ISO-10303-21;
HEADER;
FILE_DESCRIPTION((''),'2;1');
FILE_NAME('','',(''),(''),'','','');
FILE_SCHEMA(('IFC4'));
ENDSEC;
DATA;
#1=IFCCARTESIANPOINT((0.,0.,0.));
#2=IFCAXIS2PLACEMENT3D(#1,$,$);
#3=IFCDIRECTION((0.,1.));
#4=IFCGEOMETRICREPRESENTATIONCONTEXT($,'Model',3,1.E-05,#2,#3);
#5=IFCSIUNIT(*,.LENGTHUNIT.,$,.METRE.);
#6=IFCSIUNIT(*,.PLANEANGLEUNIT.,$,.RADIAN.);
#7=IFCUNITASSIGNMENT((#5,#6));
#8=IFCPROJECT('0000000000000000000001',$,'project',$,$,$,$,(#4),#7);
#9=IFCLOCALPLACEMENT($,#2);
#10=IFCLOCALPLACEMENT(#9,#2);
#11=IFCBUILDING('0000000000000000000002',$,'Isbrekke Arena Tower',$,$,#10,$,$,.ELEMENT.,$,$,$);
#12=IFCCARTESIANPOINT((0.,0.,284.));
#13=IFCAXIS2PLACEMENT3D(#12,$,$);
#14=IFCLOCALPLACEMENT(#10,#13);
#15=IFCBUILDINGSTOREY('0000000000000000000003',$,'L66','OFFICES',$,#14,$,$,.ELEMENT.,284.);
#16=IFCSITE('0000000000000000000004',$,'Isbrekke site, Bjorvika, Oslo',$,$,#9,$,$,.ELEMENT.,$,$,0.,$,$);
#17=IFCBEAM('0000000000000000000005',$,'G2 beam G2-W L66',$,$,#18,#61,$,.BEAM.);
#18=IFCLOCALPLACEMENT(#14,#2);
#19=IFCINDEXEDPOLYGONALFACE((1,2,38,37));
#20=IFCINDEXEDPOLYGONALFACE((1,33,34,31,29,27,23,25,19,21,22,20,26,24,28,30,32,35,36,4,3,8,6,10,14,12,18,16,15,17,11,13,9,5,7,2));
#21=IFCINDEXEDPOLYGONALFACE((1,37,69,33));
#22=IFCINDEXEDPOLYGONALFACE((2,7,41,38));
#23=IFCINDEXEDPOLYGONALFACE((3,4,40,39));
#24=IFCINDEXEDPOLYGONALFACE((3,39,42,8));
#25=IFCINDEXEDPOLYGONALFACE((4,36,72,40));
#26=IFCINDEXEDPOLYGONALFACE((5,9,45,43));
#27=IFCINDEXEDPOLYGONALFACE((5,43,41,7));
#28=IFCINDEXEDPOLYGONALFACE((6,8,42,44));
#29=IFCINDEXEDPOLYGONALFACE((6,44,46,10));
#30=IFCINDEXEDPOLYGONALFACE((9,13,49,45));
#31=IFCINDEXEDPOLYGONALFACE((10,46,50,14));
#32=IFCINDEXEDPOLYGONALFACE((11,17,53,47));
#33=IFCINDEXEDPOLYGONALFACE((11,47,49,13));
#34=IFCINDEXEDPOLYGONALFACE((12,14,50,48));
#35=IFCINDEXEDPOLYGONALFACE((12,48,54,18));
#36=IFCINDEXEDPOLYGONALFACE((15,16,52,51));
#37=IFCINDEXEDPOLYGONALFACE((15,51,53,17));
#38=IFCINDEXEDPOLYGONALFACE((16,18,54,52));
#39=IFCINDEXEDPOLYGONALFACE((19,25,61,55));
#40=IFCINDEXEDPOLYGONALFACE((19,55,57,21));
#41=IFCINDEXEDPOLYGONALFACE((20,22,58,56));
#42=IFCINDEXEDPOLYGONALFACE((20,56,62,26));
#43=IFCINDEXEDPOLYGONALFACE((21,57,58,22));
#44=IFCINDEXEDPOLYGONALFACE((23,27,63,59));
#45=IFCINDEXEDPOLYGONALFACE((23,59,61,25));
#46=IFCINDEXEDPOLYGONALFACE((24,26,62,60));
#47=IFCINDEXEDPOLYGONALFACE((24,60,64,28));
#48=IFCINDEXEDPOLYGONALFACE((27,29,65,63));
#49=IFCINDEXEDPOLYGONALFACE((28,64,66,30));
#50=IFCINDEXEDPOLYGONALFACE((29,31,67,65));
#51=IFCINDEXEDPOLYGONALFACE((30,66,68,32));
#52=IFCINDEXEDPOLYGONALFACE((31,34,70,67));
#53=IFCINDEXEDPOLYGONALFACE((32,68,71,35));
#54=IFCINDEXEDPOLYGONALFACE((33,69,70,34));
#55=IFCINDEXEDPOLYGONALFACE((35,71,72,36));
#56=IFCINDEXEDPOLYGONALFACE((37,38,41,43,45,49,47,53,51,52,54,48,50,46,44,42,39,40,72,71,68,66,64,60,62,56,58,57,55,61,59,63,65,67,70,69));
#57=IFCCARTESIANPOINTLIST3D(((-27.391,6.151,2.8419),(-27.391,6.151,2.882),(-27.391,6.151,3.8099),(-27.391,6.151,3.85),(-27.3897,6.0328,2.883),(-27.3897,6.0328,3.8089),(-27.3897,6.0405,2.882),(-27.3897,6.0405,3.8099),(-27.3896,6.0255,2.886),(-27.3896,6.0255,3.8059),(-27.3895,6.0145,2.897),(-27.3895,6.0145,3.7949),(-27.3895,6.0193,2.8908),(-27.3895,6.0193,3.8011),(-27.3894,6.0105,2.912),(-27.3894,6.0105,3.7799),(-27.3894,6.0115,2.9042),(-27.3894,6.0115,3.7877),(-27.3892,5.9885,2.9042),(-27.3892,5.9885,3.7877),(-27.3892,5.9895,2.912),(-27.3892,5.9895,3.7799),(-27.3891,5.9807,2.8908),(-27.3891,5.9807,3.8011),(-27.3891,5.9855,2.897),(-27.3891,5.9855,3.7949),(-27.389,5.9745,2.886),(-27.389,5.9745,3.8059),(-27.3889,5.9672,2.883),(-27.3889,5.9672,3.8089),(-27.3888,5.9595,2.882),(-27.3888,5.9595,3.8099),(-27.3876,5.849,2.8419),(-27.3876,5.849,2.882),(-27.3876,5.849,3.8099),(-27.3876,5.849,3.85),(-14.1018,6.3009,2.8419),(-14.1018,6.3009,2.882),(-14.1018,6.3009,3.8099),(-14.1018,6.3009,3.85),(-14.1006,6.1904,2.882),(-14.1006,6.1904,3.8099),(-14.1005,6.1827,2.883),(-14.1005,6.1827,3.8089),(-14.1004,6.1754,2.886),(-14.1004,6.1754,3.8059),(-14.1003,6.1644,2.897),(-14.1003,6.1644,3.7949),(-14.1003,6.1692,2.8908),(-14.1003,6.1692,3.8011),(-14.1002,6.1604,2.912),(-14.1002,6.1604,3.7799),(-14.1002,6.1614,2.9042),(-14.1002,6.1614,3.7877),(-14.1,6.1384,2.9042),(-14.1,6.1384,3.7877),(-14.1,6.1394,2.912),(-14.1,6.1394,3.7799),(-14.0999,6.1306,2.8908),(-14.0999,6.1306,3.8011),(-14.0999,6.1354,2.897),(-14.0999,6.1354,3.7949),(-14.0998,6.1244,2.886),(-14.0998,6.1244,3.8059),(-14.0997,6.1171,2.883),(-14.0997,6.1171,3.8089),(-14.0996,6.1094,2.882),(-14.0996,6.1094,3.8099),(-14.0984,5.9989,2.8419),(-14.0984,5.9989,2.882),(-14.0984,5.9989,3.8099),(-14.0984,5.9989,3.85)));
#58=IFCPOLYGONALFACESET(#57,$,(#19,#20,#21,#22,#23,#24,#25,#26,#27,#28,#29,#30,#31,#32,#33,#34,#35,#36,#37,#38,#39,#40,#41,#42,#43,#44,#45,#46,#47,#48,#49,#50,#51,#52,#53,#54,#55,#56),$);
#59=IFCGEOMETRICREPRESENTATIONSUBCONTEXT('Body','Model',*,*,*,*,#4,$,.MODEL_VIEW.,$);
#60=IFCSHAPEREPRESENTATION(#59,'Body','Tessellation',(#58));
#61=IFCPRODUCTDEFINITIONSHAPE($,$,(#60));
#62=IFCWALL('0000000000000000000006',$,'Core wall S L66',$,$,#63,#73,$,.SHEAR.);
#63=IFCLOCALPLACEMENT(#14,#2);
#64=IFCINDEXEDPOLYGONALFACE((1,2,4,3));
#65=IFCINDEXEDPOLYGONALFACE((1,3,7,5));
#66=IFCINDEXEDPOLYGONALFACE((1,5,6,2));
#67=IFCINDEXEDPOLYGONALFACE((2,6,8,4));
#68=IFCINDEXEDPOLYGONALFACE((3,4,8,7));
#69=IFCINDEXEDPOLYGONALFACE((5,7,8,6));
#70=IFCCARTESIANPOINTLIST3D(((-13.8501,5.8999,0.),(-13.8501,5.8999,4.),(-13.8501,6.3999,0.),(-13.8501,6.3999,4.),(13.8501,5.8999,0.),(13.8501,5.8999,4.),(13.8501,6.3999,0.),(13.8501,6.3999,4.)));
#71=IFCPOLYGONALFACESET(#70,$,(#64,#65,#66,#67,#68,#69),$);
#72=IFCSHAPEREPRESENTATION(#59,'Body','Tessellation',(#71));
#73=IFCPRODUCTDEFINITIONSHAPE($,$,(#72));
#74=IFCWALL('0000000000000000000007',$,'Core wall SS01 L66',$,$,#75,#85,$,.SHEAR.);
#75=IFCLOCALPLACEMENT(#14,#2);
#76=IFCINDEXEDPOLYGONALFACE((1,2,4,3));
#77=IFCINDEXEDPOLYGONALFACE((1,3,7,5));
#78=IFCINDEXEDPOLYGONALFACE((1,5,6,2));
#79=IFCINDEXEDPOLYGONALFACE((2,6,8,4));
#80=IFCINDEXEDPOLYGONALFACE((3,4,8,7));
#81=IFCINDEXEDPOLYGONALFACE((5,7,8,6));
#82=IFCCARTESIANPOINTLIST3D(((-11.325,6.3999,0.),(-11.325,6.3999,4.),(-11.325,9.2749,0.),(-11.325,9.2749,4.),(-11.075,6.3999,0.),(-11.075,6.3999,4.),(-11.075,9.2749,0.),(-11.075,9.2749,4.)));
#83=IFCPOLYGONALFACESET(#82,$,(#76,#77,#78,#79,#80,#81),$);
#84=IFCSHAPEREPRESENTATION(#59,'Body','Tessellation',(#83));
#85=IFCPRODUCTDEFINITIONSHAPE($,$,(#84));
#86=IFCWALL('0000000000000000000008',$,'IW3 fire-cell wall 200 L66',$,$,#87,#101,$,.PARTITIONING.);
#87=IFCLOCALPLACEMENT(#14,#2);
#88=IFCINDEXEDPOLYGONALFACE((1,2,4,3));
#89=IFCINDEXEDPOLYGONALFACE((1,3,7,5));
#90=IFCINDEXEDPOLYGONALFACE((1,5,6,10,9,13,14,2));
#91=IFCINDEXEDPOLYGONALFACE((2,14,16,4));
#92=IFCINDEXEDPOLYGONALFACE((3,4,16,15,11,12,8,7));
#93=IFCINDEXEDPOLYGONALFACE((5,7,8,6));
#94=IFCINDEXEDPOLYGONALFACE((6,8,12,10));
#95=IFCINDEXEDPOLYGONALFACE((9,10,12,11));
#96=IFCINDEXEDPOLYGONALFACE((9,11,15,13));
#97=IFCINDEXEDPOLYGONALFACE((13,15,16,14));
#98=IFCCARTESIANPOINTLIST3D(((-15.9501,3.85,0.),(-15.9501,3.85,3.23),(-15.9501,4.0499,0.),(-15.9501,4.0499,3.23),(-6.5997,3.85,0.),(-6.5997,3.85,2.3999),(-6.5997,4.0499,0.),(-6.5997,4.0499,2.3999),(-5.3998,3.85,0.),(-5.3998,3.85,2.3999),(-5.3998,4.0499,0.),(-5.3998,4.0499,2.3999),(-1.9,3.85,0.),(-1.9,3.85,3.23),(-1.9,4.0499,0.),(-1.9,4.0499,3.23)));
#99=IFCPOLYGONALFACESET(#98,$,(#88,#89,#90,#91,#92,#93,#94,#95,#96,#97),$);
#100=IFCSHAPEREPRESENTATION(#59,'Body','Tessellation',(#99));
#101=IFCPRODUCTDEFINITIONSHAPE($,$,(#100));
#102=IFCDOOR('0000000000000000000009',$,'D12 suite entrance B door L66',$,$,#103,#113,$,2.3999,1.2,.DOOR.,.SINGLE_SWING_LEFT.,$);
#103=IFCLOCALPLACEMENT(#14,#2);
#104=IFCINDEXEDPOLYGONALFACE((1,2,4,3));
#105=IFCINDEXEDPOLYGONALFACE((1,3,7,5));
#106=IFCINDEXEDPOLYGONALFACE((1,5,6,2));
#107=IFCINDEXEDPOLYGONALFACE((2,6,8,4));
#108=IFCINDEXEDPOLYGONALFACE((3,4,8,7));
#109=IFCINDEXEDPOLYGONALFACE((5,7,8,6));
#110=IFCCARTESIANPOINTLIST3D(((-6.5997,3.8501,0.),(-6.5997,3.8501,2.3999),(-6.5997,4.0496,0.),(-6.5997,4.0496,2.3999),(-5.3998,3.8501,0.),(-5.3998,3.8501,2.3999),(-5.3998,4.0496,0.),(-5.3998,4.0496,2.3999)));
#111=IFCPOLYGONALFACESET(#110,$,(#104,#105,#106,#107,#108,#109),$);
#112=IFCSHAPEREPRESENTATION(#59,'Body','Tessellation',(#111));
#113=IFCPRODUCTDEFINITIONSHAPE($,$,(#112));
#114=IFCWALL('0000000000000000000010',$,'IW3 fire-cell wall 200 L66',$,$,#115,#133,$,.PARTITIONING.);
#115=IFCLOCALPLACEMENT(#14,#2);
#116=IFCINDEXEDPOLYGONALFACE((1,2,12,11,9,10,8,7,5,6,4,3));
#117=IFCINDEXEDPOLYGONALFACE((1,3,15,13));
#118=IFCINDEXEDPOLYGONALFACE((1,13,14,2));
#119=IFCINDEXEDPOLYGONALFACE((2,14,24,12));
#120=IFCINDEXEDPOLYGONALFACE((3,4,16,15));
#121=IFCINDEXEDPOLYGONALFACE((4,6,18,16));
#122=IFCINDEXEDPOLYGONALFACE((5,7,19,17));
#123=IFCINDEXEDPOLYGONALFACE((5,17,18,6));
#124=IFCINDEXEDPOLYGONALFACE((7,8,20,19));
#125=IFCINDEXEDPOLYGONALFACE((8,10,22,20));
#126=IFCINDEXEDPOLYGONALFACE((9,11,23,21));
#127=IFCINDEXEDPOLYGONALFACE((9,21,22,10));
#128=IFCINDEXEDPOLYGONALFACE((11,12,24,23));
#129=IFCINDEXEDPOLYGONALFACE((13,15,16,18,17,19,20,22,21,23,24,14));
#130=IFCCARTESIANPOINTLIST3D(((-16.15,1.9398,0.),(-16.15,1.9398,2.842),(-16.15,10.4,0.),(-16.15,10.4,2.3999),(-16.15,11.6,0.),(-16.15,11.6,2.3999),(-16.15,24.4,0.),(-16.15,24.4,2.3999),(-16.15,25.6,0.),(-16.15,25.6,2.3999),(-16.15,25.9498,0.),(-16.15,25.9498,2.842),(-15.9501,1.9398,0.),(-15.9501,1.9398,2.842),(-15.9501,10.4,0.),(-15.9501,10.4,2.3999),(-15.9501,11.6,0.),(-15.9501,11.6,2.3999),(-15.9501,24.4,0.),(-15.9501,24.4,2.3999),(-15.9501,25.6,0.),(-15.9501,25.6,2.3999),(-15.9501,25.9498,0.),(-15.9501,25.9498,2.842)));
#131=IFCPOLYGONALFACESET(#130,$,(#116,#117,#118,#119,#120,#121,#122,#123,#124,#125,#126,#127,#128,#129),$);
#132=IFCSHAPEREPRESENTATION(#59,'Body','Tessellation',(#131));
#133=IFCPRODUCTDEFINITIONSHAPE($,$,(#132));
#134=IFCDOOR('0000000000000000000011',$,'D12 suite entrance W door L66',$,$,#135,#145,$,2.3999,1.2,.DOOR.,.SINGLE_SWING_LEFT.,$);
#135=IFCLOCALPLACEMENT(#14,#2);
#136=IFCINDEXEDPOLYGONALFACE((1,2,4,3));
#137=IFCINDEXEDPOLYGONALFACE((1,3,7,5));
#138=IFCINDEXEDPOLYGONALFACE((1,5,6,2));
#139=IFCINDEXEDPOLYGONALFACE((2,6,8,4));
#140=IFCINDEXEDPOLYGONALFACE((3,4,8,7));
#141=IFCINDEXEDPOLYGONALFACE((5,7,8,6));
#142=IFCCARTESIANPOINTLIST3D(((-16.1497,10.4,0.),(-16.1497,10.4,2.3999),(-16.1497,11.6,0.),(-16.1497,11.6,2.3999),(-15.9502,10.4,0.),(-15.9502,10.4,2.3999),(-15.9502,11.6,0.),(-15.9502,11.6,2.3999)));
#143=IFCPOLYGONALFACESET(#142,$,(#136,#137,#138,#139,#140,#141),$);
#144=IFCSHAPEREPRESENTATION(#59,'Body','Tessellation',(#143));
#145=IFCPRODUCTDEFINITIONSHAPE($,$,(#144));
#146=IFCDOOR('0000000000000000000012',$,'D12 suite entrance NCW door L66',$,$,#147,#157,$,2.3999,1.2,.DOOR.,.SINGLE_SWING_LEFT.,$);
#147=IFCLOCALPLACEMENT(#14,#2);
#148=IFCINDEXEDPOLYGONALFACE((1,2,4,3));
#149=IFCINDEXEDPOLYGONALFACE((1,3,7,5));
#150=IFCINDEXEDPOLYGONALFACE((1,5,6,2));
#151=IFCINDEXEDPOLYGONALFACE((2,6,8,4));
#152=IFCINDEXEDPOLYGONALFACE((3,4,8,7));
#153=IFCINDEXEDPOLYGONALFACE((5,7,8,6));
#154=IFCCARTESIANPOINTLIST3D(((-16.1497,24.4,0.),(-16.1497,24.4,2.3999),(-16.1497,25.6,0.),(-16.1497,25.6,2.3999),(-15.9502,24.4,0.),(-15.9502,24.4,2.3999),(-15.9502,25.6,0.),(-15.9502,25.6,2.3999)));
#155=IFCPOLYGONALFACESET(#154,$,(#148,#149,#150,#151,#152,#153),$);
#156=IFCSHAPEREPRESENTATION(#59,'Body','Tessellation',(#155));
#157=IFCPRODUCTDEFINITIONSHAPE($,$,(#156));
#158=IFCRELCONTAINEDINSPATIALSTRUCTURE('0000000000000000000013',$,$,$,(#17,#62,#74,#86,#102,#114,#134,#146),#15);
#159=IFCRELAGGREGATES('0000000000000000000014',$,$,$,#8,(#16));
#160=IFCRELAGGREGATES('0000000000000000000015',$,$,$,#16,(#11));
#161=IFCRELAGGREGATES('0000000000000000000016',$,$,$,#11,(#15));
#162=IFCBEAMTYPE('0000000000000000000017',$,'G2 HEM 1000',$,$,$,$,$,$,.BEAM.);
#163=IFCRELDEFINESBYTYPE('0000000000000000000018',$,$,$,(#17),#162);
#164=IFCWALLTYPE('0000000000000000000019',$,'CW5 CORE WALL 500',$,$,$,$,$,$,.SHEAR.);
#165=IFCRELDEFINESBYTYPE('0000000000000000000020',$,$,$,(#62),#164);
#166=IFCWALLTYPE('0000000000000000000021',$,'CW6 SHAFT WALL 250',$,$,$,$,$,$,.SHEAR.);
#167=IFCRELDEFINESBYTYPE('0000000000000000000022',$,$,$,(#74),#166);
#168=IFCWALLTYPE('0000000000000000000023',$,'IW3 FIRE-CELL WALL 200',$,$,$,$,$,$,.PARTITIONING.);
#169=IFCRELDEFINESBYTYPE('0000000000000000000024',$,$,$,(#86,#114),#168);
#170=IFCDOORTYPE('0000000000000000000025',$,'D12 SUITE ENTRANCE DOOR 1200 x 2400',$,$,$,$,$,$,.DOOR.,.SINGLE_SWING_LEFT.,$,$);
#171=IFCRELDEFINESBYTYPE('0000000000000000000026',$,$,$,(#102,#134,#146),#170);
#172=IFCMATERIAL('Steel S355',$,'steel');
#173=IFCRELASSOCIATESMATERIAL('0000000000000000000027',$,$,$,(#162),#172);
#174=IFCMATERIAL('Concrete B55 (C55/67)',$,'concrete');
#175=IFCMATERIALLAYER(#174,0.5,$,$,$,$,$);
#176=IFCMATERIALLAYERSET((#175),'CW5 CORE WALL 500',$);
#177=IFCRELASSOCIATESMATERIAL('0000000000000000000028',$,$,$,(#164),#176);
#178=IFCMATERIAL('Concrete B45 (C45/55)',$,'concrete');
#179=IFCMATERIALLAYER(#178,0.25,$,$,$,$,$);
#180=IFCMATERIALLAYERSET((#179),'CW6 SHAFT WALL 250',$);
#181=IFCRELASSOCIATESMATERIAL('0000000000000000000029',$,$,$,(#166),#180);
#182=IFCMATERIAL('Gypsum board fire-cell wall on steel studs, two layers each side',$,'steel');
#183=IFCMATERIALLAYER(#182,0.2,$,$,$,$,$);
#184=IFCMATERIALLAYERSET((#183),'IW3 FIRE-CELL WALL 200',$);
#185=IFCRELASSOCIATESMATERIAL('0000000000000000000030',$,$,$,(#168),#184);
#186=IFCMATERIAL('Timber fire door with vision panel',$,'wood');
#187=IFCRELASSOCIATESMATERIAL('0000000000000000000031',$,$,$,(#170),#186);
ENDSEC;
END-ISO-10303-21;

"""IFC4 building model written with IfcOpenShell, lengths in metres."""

from ifc_helpers import new_model, si_unit, direction, frame, frame_2d, origin, origin_2d, place, context, subcontext, project, spatial, rectangle, i_section, extrude, material, layer, layer_set, material_profile, profile_set, type_object, element, fill, save


model = new_model("IFC4")

# Units and contexts
model_context = context("Model", 3, precision=1e-05, world=origin(), true_north=direction((0.0, 1.0)))
body_context = subcontext(model_context, "Body", "Model", "MODEL_VIEW")
ifc_project = project(units=[si_unit("LENGTHUNIT", "METRE"), si_unit("PLANEANGLEUNIT", "RADIAN")], contexts=[model_context])

# Site, building, storey
site_placement = place(None, origin())
site = spatial("IfcSite", under=ifc_project, at=site_placement, Name="Isbrekke site, Bjorvika, Oslo", CompositionType="ELEMENT", RefElevation=0.0)
building_placement = place(site_placement, origin())
building = spatial("IfcBuilding", under=site, at=building_placement, Name="Isbrekke Arena Tower", CompositionType="ELEMENT")
storey_placement = place(building_placement, frame((0.0, 0.0, 284.0)))
storey = spatial("IfcBuildingStorey", under=building, at=storey_placement, Name="L66", Description="OFFICES", CompositionType="ELEMENT", Elevation=284.0)

# Beam
ifc_material_1 = material(Name="Steel S355", Category="steel")
ifc_material_profile = material_profile(ifc_material_1, i_section(OverallWidth=0.302, OverallDepth=1.0081, WebThickness=0.021, FlangeThickness=0.04, FilletRadius=0.03, at=origin_2d()), Name="HEM 1000")
ifc_profile_set = profile_set([ifc_material_profile], Name="Steel S355")
beam_type = type_object("IfcBeamType", Name="G2 HEM 1000", PredefinedType="BEAM", material=ifc_profile_set)
beam_placement = place(storey_placement, frame((-14.1001, 6.1499, 3.3459), z_axis=(-0.999936, -0.011279, 0.0), x_axis=(0.011279, -0.999936, 0.0)))
element("IfcBeam", 1, at=beam_placement, inside=storey, type_object=beam_type, Name="G2 beam G2-W L66", PredefinedType="BEAM", context=body_context, shape_type="SweptSolid", body=[
    extrude(i_section(OverallWidth=0.302, OverallDepth=1.0081, WebThickness=0.021, FlangeThickness=0.04, FilletRadius=0.03, at=origin_2d()), origin(), (0.0, 0.0, 1.0), 13.29),
])

# Walls
ifc_material_2 = material(Name="Concrete B55 (C55/67)", Category="concrete")
ifc_layer_1 = layer(ifc_material_2, 0.5)
ifc_layer_set_1 = layer_set([ifc_layer_1], Name="CW5 CORE WALL 500")
wall_type_1 = type_object("IfcWallType", Name="CW5 CORE WALL 500", PredefinedType="SHEAR", material=ifc_layer_set_1)
wall_1_placement = place(storey_placement, frame((-13.8501, 6.1499, 0.0), z_axis=(0.0, 0.0, 1.0), x_axis=(1.0, 0.0, 0.0)))
element("IfcWall", 2, at=wall_1_placement, inside=storey, type_object=wall_type_1, Name="Core wall S L66", PredefinedType="SHEAR", context=body_context, shape_type="SweptSolid", body=[
    extrude(rectangle(XDim=27.7002, YDim=0.5, at=frame_2d((13.8501, 0.0))), origin(), (0.0, 0.0, 1.0), 4.0),
])
ifc_material_3 = material(Name="Concrete B45 (C45/55)", Category="concrete")
ifc_layer_2 = layer(ifc_material_3, 0.25)
ifc_layer_set_2 = layer_set([ifc_layer_2], Name="CW6 SHAFT WALL 250")
wall_type_2 = type_object("IfcWallType", Name="CW6 SHAFT WALL 250", PredefinedType="SHEAR", material=ifc_layer_set_2)
wall_2_placement = place(storey_placement, frame((-11.2, 6.3999, 0.0), z_axis=(0.0, 0.0, 1.0), x_axis=(0.0, 1.0, 0.0)))
element("IfcWall", 3, at=wall_2_placement, inside=storey, type_object=wall_type_2, Name="Core wall SS01 L66", PredefinedType="SHEAR", context=body_context, shape_type="SweptSolid", body=[
    extrude(rectangle(XDim=2.875, YDim=0.25, at=frame_2d((1.4375, 0.0))), origin(), (0.0, 0.0, 1.0), 4.0),
])

# Wall, opening, door
ifc_material_4 = material(Name="Gypsum board fire-cell wall on steel studs, two layers each side", Category="steel")
ifc_layer_3 = layer(ifc_material_4, 0.2)
ifc_layer_set_3 = layer_set([ifc_layer_3], Name="IW3 FIRE-CELL WALL 200")
wall_type_3 = type_object("IfcWallType", Name="IW3 FIRE-CELL WALL 200", PredefinedType="PARTITIONING", material=ifc_layer_set_3)
wall_3_placement = place(storey_placement, frame((-15.95, 3.95, 0.0), z_axis=(0.0, 0.0, 1.0), x_axis=(1.0, 0.0, 0.0)))
wall_3 = element("IfcWall", 4, at=wall_3_placement, inside=storey, type_object=wall_type_3, Name="IW3 fire-cell wall 200 L66", PredefinedType="PARTITIONING", context=body_context, shape_type="SweptSolid", body=[
    extrude(rectangle(XDim=14.05, YDim=0.2, at=frame_2d((7.0249, 0.0))), origin(), (0.0, 0.0, 1.0), 3.23),
])
opening_1_placement = place(wall_3_placement, frame((9.3501, 0.0, 0.0)))
opening_1 = element("IfcOpeningElement", 5, at=opening_1_placement, cuts=wall_3, PredefinedType="OPENING", context=body_context, shape_type="SweptSolid", body=[
    extrude(rectangle(XDim=1.2, YDim=2.3999, at=frame_2d((0.6001, 1.2))), frame((0.0, 0.1147, 0.0), z_axis=(0.0, -1.0, 0.0), x_axis=(1.0, 0.0, 0.0)), (0.0, 0.0, 1.0), 0.2297),
])
ifc_material_5 = material(Name="Timber fire door with vision panel", Category="wood")
door_type = type_object("IfcDoorType", Name="D12 SUITE ENTRANCE DOOR 1200 x 2400", OperationType="SINGLE_SWING_LEFT", PredefinedType="DOOR", material=ifc_material_5)
door_1_placement = place(opening_1_placement, origin())
door_1 = element("IfcDoor", 6, at=door_1_placement, inside=storey, type_object=door_type, Name="D12 suite entrance B door L66", OperationType="SINGLE_SWING_LEFT", OverallHeight=2.3999, OverallWidth=1.2, PredefinedType="DOOR", context=body_context, shape_type="SweptSolid", body=[
    extrude(rectangle(XDim=1.2, YDim=2.3999, at=frame_2d((0.6001, 1.2))), frame((0.0, 0.0996, 0.0), z_axis=(0.0, -1.0, 0.0), x_axis=(1.0, 0.0, 0.0)), (0.0, 0.0, 1.0), 0.1995),
])
fill(opening_1, door_1)

# Wall, openings, doors
wall_4_placement = place(storey_placement, frame((-16.05, 1.9399, 0.0), z_axis=(0.0, 0.0, 1.0), x_axis=(0.0, 1.0, 0.0)))
wall_4 = element("IfcWall", 7, at=wall_4_placement, inside=storey, type_object=wall_type_3, Name="IW3 fire-cell wall 200 L66", PredefinedType="PARTITIONING", context=body_context, shape_type="SweptSolid", body=[
    extrude(rectangle(XDim=24.01, YDim=0.2, at=frame_2d((12.0049, 0.0))), origin(), (0.0, 0.0, 1.0), 2.842),
])
opening_2_placement = place(wall_4_placement, frame((8.46, 0.0, 0.0)))
opening_2 = element("IfcOpeningElement", 8, at=opening_2_placement, cuts=wall_4, PredefinedType="OPENING", context=body_context, shape_type="SweptSolid", body=[
    extrude(rectangle(XDim=1.2, YDim=2.3999, at=frame_2d((0.6001, 1.2))), frame((0.0, 0.1147, 0.0), z_axis=(0.0, -1.0, 0.0), x_axis=(1.0, 0.0, 0.0)), (0.0, 0.0, 1.0), 0.2297),
])
opening_3_placement = place(wall_4_placement, frame((22.46, 0.0, 0.0)))
opening_3 = element("IfcOpeningElement", 9, at=opening_3_placement, cuts=wall_4, PredefinedType="OPENING", context=body_context, shape_type="SweptSolid", body=[
    extrude(rectangle(XDim=1.2, YDim=2.3999, at=frame_2d((0.6001, 1.2))), frame((0.0, 0.1147, 0.0), z_axis=(0.0, -1.0, 0.0), x_axis=(1.0, 0.0, 0.0)), (0.0, 0.0, 1.0), 0.2297),
])
door_2_placement = place(opening_2_placement, origin())
door_2 = element("IfcDoor", 10, at=door_2_placement, inside=storey, type_object=door_type, Name="D12 suite entrance W door L66", OperationType="SINGLE_SWING_LEFT", OverallHeight=2.3999, OverallWidth=1.2, PredefinedType="DOOR", context=body_context, shape_type="SweptSolid", body=[
    extrude(rectangle(XDim=1.2, YDim=2.3999, at=frame_2d((0.6001, 1.2))), frame((0.0, 0.0996, 0.0), z_axis=(0.0, -1.0, 0.0), x_axis=(1.0, 0.0, 0.0)), (0.0, 0.0, 1.0), 0.1995),
])
fill(opening_2, door_2)
door_3_placement = place(opening_3_placement, origin())
door_3 = element("IfcDoor", 11, at=door_3_placement, inside=storey, type_object=door_type, Name="D12 suite entrance NCW door L66", OperationType="SINGLE_SWING_LEFT", OverallHeight=2.3999, OverallWidth=1.2, PredefinedType="DOOR", context=body_context, shape_type="SweptSolid", body=[
    extrude(rectangle(XDim=1.2, YDim=2.3999, at=frame_2d((0.6001, 1.2))), frame((0.0, 0.0996, 0.0), z_axis=(0.0, -1.0, 0.0), x_axis=(1.0, 0.0, 0.0)), (0.0, 0.0, 1.0), 0.1995),
])
fill(opening_3, door_3)

save(model, "model.ifc")
